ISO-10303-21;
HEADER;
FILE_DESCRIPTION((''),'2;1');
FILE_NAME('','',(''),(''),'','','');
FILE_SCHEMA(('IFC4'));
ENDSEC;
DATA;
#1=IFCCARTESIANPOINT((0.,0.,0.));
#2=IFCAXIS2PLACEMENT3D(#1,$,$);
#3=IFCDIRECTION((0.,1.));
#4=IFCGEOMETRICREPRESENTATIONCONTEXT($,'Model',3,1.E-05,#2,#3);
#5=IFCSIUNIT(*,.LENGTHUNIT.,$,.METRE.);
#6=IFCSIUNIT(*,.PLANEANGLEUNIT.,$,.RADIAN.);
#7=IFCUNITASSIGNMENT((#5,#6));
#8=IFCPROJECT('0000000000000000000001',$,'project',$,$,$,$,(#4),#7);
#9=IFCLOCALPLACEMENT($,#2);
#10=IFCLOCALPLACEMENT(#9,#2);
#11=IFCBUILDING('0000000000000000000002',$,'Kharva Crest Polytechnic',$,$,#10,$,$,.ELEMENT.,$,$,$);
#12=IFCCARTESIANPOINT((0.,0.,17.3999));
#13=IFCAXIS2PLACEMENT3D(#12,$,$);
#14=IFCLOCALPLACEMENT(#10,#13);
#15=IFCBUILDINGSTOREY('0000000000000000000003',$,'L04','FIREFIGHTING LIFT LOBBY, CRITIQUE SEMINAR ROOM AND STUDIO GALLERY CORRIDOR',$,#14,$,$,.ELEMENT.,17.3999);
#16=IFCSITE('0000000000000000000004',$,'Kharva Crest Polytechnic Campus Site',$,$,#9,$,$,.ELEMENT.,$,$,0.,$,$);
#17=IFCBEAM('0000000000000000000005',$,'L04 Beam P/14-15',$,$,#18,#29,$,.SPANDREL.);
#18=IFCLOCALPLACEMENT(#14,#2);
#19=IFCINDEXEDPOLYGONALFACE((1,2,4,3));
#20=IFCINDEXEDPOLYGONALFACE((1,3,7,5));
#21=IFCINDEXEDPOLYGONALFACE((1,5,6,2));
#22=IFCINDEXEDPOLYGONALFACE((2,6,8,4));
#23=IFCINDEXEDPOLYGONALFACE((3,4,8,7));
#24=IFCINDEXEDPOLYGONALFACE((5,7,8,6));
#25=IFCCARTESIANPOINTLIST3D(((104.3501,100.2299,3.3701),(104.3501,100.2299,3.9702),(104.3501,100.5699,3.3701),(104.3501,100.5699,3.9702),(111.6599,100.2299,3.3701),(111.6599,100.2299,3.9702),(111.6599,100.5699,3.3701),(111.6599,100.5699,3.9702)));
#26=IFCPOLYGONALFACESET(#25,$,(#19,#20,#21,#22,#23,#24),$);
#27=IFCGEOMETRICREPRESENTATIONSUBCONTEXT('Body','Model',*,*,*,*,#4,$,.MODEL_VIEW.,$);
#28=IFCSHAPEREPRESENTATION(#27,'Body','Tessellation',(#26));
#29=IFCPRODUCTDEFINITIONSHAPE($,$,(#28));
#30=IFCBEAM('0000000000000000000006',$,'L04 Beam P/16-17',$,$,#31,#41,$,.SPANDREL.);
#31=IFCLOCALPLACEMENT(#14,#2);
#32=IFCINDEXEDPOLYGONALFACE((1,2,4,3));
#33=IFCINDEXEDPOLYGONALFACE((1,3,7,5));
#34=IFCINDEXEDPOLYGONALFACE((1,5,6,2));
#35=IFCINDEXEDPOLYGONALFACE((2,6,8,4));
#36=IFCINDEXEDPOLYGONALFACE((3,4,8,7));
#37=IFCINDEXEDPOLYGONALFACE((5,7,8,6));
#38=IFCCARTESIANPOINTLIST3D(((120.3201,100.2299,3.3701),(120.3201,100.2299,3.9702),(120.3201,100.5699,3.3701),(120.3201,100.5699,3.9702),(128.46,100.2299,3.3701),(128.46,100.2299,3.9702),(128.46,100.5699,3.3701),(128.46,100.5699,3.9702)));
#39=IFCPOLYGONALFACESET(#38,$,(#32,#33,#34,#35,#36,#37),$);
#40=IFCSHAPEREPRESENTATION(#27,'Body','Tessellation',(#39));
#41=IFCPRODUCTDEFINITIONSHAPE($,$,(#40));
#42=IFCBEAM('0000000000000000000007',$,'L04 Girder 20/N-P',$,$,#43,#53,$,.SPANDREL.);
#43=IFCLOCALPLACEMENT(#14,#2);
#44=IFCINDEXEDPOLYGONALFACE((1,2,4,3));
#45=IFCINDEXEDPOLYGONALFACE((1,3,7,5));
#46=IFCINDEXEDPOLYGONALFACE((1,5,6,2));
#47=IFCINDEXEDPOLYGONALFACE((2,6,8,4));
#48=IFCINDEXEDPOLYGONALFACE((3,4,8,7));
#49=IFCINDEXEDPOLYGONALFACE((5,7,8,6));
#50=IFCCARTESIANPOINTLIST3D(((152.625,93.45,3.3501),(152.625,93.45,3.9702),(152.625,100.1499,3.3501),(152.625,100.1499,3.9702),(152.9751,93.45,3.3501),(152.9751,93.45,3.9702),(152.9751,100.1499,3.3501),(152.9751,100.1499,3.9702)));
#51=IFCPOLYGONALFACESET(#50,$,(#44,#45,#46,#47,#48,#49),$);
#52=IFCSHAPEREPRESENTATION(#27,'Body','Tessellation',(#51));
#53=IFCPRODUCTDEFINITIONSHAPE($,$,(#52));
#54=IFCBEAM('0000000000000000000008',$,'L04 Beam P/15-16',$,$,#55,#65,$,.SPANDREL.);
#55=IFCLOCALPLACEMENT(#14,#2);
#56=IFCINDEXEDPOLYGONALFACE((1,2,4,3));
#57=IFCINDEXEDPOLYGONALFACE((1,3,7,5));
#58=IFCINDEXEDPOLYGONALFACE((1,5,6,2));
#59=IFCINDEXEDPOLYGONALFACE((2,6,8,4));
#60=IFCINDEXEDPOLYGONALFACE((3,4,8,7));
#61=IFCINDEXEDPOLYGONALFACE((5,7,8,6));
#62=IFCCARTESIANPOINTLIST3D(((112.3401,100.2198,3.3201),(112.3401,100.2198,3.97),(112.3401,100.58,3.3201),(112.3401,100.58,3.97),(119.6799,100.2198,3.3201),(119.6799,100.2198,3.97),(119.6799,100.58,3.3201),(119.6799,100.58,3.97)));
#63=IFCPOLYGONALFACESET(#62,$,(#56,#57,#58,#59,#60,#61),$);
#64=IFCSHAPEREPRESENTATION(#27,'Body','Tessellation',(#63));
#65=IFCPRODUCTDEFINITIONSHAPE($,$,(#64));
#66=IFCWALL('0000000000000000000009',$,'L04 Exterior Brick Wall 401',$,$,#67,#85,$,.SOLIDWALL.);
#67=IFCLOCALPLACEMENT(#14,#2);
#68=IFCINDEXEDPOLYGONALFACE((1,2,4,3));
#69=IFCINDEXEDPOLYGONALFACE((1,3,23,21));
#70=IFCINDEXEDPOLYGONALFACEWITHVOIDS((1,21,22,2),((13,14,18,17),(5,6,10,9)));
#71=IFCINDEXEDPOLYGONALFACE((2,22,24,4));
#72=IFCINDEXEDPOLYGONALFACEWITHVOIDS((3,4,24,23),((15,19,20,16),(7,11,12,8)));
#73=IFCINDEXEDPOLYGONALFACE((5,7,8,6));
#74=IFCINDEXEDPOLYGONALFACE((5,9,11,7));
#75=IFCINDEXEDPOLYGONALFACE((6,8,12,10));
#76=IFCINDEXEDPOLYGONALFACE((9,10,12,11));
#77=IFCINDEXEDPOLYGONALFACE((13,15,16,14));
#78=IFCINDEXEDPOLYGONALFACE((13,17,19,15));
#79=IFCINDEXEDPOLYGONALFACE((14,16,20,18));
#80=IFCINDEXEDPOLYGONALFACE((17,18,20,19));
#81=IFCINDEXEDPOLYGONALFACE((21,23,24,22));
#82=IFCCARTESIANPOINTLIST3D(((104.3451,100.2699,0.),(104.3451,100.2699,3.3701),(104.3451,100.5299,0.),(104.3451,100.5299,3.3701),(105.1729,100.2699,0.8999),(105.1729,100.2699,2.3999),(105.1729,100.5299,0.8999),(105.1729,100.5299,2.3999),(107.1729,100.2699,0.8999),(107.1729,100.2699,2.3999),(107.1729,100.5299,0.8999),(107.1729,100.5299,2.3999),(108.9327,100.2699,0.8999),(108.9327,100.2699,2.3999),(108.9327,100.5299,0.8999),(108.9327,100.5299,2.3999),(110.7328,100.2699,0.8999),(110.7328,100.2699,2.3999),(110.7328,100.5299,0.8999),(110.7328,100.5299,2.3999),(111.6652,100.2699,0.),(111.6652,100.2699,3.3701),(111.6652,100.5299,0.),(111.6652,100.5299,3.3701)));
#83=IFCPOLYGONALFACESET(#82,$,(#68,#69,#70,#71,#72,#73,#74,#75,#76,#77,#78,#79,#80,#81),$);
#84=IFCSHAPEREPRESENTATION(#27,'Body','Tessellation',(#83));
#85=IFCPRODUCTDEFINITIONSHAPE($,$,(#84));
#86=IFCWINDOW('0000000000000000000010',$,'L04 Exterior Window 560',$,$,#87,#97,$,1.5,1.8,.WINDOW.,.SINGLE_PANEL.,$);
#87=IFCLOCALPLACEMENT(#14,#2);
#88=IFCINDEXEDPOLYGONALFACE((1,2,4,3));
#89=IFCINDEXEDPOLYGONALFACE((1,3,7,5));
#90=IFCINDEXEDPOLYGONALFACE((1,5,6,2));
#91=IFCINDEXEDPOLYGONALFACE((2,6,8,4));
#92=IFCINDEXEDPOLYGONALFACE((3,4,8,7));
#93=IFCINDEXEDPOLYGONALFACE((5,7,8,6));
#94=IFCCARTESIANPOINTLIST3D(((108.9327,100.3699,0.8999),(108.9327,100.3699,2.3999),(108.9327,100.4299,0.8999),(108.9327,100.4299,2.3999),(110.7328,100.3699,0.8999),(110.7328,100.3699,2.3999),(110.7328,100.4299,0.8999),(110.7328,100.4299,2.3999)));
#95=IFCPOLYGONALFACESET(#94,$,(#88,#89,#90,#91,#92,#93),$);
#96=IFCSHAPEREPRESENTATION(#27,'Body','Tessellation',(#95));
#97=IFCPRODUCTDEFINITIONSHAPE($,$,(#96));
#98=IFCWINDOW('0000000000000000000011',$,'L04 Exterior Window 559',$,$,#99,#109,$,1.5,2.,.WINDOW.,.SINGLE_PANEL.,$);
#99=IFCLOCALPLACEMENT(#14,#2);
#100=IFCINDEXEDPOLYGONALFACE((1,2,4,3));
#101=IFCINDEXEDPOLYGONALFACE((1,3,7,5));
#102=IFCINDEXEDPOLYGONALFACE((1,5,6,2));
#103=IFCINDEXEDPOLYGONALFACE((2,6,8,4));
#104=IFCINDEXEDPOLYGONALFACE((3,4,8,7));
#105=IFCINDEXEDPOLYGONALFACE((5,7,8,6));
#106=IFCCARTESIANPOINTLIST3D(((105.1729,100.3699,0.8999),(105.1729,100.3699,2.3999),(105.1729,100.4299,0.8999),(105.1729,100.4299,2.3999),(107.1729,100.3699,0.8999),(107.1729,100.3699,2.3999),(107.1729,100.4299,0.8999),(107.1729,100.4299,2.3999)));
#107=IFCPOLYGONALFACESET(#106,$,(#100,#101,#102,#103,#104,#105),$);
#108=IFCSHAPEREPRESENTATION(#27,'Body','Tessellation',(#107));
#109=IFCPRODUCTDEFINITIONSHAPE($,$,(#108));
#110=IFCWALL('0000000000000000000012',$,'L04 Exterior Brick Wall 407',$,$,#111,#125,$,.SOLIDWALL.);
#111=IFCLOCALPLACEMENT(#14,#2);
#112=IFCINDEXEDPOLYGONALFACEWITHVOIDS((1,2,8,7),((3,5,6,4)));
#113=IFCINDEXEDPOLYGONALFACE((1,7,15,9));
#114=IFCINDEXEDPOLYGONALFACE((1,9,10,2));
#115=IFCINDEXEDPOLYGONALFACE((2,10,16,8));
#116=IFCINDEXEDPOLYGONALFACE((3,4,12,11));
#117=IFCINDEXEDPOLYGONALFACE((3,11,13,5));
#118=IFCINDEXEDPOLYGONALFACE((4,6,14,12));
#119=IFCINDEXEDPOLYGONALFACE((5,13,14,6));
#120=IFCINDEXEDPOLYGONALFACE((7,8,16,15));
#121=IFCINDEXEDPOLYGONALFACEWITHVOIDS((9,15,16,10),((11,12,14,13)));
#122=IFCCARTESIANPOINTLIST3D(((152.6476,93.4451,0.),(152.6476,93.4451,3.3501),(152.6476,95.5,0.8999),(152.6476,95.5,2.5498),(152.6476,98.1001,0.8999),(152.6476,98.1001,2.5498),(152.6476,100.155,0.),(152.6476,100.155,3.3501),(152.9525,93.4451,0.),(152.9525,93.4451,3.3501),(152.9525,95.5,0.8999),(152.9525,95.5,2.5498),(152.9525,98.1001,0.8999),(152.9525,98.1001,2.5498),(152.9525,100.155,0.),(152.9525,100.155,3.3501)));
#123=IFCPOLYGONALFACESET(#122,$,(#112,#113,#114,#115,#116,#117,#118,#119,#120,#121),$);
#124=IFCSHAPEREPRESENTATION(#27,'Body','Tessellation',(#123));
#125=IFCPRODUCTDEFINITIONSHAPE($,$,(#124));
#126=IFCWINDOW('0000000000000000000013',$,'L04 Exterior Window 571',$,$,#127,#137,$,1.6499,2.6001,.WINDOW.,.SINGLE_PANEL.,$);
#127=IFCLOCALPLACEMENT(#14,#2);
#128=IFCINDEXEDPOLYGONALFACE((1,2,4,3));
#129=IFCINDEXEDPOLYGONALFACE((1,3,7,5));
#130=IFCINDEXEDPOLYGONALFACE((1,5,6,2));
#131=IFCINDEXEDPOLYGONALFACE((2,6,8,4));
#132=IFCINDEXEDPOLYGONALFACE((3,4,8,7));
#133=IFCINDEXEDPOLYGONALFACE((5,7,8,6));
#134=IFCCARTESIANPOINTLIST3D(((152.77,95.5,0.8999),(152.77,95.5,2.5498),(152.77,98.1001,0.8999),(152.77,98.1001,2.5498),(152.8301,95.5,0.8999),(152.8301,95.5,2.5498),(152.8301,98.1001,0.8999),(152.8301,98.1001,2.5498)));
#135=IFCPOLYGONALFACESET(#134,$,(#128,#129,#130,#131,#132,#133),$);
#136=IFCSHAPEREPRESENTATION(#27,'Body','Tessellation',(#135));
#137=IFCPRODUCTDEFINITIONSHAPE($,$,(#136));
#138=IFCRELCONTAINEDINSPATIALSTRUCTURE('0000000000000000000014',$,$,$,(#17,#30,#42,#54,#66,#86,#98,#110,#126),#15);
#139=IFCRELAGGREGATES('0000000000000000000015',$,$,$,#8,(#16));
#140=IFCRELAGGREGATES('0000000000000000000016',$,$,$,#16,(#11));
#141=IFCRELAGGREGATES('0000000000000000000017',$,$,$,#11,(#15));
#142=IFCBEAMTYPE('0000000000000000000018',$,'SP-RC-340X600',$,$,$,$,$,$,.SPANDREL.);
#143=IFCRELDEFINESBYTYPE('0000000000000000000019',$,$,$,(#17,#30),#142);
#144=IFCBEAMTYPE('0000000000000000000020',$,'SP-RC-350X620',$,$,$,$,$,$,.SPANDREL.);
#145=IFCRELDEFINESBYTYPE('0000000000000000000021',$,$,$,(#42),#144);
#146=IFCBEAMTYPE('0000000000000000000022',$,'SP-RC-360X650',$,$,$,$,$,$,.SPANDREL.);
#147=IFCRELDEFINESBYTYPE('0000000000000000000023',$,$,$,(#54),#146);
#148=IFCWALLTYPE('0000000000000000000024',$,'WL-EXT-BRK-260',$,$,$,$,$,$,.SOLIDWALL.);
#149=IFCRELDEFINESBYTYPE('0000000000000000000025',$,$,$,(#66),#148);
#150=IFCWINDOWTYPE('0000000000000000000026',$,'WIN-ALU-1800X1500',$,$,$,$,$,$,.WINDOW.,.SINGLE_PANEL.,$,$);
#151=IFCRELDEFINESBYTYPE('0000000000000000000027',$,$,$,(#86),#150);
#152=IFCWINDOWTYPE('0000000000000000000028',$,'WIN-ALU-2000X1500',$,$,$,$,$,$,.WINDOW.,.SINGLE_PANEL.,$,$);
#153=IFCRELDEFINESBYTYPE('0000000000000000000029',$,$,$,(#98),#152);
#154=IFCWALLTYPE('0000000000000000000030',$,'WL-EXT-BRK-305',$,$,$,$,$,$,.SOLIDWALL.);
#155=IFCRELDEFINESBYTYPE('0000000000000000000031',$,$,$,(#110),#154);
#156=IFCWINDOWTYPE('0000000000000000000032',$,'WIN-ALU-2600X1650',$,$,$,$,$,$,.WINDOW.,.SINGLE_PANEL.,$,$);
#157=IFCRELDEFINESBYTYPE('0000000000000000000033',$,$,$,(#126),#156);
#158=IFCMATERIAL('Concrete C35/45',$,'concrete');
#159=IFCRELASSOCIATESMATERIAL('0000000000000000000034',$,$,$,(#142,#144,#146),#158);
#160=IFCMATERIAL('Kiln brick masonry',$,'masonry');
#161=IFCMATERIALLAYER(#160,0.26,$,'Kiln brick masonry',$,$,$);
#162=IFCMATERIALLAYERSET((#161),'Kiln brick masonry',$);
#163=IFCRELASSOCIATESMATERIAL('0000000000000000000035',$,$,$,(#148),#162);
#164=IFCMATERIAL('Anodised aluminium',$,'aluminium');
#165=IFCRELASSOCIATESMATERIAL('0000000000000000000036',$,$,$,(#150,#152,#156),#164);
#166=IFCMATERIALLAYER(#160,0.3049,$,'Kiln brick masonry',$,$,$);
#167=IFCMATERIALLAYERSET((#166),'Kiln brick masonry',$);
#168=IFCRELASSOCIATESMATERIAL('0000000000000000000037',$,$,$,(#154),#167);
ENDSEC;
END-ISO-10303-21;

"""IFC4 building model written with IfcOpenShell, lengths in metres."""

from ifc_helpers import new_model, si_unit, direction, frame, frame_2d, origin, origin_2d, place, context, subcontext, project, spatial, rectangle, extrude, material, layer, layer_set, material_profile, profile_set, type_object, element, fill, save


model = new_model("IFC4")

# Units and contexts
model_context = context("Model", 3, precision=1e-05, world=origin(), true_north=direction((0.0, 1.0)))
body_context = subcontext(model_context, "Body", "Model", "MODEL_VIEW")
ifc_project = project(units=[si_unit("LENGTHUNIT", "METRE"), si_unit("PLANEANGLEUNIT", "RADIAN")], contexts=[model_context])

# Site, building, storey
site_placement = place(None, origin())
site = spatial("IfcSite", under=ifc_project, at=site_placement, Name="Kharva Crest Polytechnic Campus Site", CompositionType="ELEMENT", RefElevation=0.0)
building_placement = place(site_placement, origin())
building = spatial("IfcBuilding", under=site, at=building_placement, Name="Kharva Crest Polytechnic", CompositionType="ELEMENT")
storey_placement = place(building_placement, frame((0.0, 0.0, 17.3999)))
storey = spatial("IfcBuildingStorey", under=building, at=storey_placement, Name="L04", Description="FIREFIGHTING LIFT LOBBY, CRITIQUE SEMINAR ROOM AND STUDIO GALLERY CORRIDOR", CompositionType="ELEMENT", Elevation=17.3999)

# Beams
ifc_material_1 = material(Name="Concrete C35/45", Category="concrete")
ifc_material_profile_1 = material_profile(ifc_material_1, rectangle(XDim=0.3401, YDim=0.6001, at=origin_2d()), Name="RECT 340 X 600")
ifc_profile_set_1 = profile_set([ifc_material_profile_1], Name="Concrete C35/45")
beam_type_1 = type_object("IfcBeamType", Name="SP-RC-340X600", PredefinedType="SPANDREL", material=ifc_profile_set_1)
beam_1_placement = place(storey_placement, frame((104.3501, 100.3999, 3.6702), z_axis=(1.0, 0.0, 0.0), x_axis=(0.0, 1.0, 0.0)))
element("IfcBeam", 1, at=beam_1_placement, inside=storey, type_object=beam_type_1, Name="L04 Beam P/14-15", PredefinedType="SPANDREL", context=body_context, shape_type="SweptSolid", body=[
    extrude(rectangle(XDim=0.3401, YDim=0.6001, at=origin_2d()), origin(), (0.0, 0.0, 1.0), 7.3098),
])
beam_2_placement = place(storey_placement, frame((120.3201, 100.3999, 3.6702), z_axis=(1.0, 0.0, 0.0), x_axis=(0.0, 1.0, 0.0)))
element("IfcBeam", 2, at=beam_2_placement, inside=storey, type_object=beam_type_1, Name="L04 Beam P/16-17", PredefinedType="SPANDREL", context=body_context, shape_type="SweptSolid", body=[
    extrude(rectangle(XDim=0.3401, YDim=0.6001, at=origin_2d()), origin(), (0.0, 0.0, 1.0), 8.1399),
])
ifc_material_profile_2 = material_profile(ifc_material_1, rectangle(XDim=0.3501, YDim=0.6201, at=origin_2d()), Name="RECT 350 X 620")
ifc_profile_set_2 = profile_set([ifc_material_profile_2], Name="Concrete C35/45")
beam_type_2 = type_object("IfcBeamType", Name="SP-RC-350X620", PredefinedType="SPANDREL", material=ifc_profile_set_2)
beam_3_placement = place(storey_placement, frame((152.8, 93.45, 3.6602), z_axis=(0.0, 1.0, 0.0), x_axis=(-1.0, 0.0, 0.0)))
element("IfcBeam", 3, at=beam_3_placement, inside=storey, type_object=beam_type_2, Name="L04 Girder 20/N-P", PredefinedType="SPANDREL", context=body_context, shape_type="SweptSolid", body=[
    extrude(rectangle(XDim=0.3501, YDim=0.6201, at=origin_2d()), origin(), (0.0, 0.0, 1.0), 6.7),
])
ifc_material_profile_3 = material_profile(ifc_material_1, rectangle(XDim=0.3601, YDim=0.6499, at=origin_2d()), Name="RECT 360 X 650")
ifc_profile_set_3 = profile_set([ifc_material_profile_3], Name="Concrete C35/45")
beam_type_3 = type_object("IfcBeamType", Name="SP-RC-360X650", PredefinedType="SPANDREL", material=ifc_profile_set_3)
beam_4_placement = place(storey_placement, frame((112.3401, 100.3999, 3.645), z_axis=(1.0, 0.0, 0.0), x_axis=(0.0, 1.0, 0.0)))
element("IfcBeam", 4, at=beam_4_placement, inside=storey, type_object=beam_type_3, Name="L04 Beam P/15-16", PredefinedType="SPANDREL", context=body_context, shape_type="SweptSolid", body=[
    extrude(rectangle(XDim=0.3601, YDim=0.6499, at=origin_2d()), origin(), (0.0, 0.0, 1.0), 7.3398),
])

# Wall, openings, windows
ifc_material_2 = material(Name="Kiln brick masonry", Category="masonry")
ifc_layer_1 = layer(ifc_material_2, 0.26, Name="Kiln brick masonry")
ifc_layer_set_1 = layer_set([ifc_layer_1], Name="Kiln brick masonry")
wall_type_1 = type_object("IfcWallType", Name="WL-EXT-BRK-260", PredefinedType="SOLIDWALL", material=ifc_layer_set_1)
wall_1_placement = place(storey_placement, frame((104.345, 100.3999, 0.0), z_axis=(0.0, 0.0, 1.0), x_axis=(1.0, 0.0, 0.0)))
wall_1 = element("IfcWall", 5, at=wall_1_placement, inside=storey, type_object=wall_type_1, Name="L04 Exterior Brick Wall 401", PredefinedType="SOLIDWALL", context=body_context, shape_type="SweptSolid", body=[
    extrude(rectangle(XDim=7.3201, YDim=0.26, at=frame_2d((3.6602, 0.0))), origin(), (0.0, 0.0, 1.0), 3.3701),
])
opening_1_placement = place(wall_1_placement, frame((0.8279, 0.0, 0.8999)))
opening_1 = element("IfcOpeningElement", 6, at=opening_1_placement, cuts=wall_1, PredefinedType="OPENING", context=body_context, shape_type="SweptSolid", body=[
    extrude(rectangle(XDim=2.0, YDim=1.5, at=frame_2d((1.0, 0.75))), frame((0.0, 0.1399, 0.0), z_axis=(0.0, -1.0, 0.0), x_axis=(1.0, 0.0, 0.0)), (0.0, 0.0, 1.0), 0.28),
])
opening_2_placement = place(wall_1_placement, frame((4.5879, 0.0, 0.8999)))
opening_2 = element("IfcOpeningElement", 7, at=opening_2_placement, cuts=wall_1, PredefinedType="OPENING", context=body_context, shape_type="SweptSolid", body=[
    extrude(rectangle(XDim=1.8, YDim=1.5, at=frame_2d((0.8999, 0.75))), frame((0.0, 0.1399, 0.0), z_axis=(0.0, -1.0, 0.0), x_axis=(1.0, 0.0, 0.0)), (0.0, 0.0, 1.0), 0.28),
])
ifc_material_3 = material(Name="Anodised aluminium", Category="aluminium")
window_type_1 = type_object("IfcWindowType", Name="WIN-ALU-1800X1500", PartitioningType="SINGLE_PANEL", PredefinedType="WINDOW", material=ifc_material_3)
window_1_placement = place(opening_2_placement, origin())
window_1 = element("IfcWindow", 8, at=window_1_placement, inside=storey, type_object=window_type_1, Name="L04 Exterior Window 560", OverallHeight=1.5, OverallWidth=1.8, PartitioningType="SINGLE_PANEL", PredefinedType="WINDOW", context=body_context, shape_type="SweptSolid", body=[
    extrude(rectangle(XDim=1.8, YDim=1.5, at=frame_2d((0.8999, 0.75))), frame((0.0, 0.03, 0.0), z_axis=(0.0, -1.0, 0.0), x_axis=(1.0, 0.0, 0.0)), (0.0, 0.0, 1.0), 0.0601),
])
fill(opening_2, window_1)
window_type_2 = type_object("IfcWindowType", Name="WIN-ALU-2000X1500", PartitioningType="SINGLE_PANEL", PredefinedType="WINDOW", material=ifc_material_3)
window_2_placement = place(opening_1_placement, origin())
window_2 = element("IfcWindow", 9, at=window_2_placement, inside=storey, type_object=window_type_2, Name="L04 Exterior Window 559", OverallHeight=1.5, OverallWidth=2.0, PartitioningType="SINGLE_PANEL", PredefinedType="WINDOW", context=body_context, shape_type="SweptSolid", body=[
    extrude(rectangle(XDim=2.0, YDim=1.5, at=frame_2d((1.0, 0.75))), frame((0.0, 0.03, 0.0), z_axis=(0.0, -1.0, 0.0), x_axis=(1.0, 0.0, 0.0)), (0.0, 0.0, 1.0), 0.0601),
])
fill(opening_1, window_2)

# Wall, opening, window
ifc_layer_2 = layer(ifc_material_2, 0.3049, Name="Kiln brick masonry")
ifc_layer_set_2 = layer_set([ifc_layer_2], Name="Kiln brick masonry")
wall_type_2 = type_object("IfcWallType", Name="WL-EXT-BRK-305", PredefinedType="SOLIDWALL", material=ifc_layer_set_2)
wall_2_placement = place(storey_placement, frame((152.8, 100.155, 0.0), z_axis=(0.0, 0.0, 1.0), x_axis=(0.0, -1.0, 0.0)))
wall_2 = element("IfcWall", 10, at=wall_2_placement, inside=storey, type_object=wall_type_2, Name="L04 Exterior Brick Wall 407", PredefinedType="SOLIDWALL", context=body_context, shape_type="SweptSolid", body=[
    extrude(rectangle(XDim=6.71, YDim=0.3049, at=frame_2d((3.355, 0.0))), origin(), (0.0, 0.0, 1.0), 3.3501),
])
opening_3_placement = place(wall_2_placement, frame((2.0549, 0.0, 0.8999)))
opening_3 = element("IfcOpeningElement", 11, at=opening_3_placement, cuts=wall_2, PredefinedType="OPENING", context=body_context, shape_type="SweptSolid", body=[
    extrude(rectangle(XDim=2.6001, YDim=1.6499, at=frame_2d((1.3, 0.825))), frame((0.0, 0.1624, 0.0), z_axis=(0.0, -1.0, 0.0), x_axis=(1.0, 0.0, 0.0)), (0.0, 0.0, 1.0), 0.325),
])
window_type_3 = type_object("IfcWindowType", Name="WIN-ALU-2600X1650", PartitioningType="SINGLE_PANEL", PredefinedType="WINDOW", material=ifc_material_3)
window_3_placement = place(opening_3_placement, origin())
window_3 = element("IfcWindow", 12, at=window_3_placement, inside=storey, type_object=window_type_3, Name="L04 Exterior Window 571", OverallHeight=1.6499, OverallWidth=2.6001, PartitioningType="SINGLE_PANEL", PredefinedType="WINDOW", context=body_context, shape_type="SweptSolid", body=[
    extrude(rectangle(XDim=2.6001, YDim=1.6499, at=frame_2d((1.3, 0.825))), frame((0.0, 0.03, 0.0), z_axis=(0.0, -1.0, 0.0), x_axis=(1.0, 0.0, 0.0)), (0.0, 0.0, 1.0), 0.0601),
])
fill(opening_3, window_3)

save(model, "model.ifc")
